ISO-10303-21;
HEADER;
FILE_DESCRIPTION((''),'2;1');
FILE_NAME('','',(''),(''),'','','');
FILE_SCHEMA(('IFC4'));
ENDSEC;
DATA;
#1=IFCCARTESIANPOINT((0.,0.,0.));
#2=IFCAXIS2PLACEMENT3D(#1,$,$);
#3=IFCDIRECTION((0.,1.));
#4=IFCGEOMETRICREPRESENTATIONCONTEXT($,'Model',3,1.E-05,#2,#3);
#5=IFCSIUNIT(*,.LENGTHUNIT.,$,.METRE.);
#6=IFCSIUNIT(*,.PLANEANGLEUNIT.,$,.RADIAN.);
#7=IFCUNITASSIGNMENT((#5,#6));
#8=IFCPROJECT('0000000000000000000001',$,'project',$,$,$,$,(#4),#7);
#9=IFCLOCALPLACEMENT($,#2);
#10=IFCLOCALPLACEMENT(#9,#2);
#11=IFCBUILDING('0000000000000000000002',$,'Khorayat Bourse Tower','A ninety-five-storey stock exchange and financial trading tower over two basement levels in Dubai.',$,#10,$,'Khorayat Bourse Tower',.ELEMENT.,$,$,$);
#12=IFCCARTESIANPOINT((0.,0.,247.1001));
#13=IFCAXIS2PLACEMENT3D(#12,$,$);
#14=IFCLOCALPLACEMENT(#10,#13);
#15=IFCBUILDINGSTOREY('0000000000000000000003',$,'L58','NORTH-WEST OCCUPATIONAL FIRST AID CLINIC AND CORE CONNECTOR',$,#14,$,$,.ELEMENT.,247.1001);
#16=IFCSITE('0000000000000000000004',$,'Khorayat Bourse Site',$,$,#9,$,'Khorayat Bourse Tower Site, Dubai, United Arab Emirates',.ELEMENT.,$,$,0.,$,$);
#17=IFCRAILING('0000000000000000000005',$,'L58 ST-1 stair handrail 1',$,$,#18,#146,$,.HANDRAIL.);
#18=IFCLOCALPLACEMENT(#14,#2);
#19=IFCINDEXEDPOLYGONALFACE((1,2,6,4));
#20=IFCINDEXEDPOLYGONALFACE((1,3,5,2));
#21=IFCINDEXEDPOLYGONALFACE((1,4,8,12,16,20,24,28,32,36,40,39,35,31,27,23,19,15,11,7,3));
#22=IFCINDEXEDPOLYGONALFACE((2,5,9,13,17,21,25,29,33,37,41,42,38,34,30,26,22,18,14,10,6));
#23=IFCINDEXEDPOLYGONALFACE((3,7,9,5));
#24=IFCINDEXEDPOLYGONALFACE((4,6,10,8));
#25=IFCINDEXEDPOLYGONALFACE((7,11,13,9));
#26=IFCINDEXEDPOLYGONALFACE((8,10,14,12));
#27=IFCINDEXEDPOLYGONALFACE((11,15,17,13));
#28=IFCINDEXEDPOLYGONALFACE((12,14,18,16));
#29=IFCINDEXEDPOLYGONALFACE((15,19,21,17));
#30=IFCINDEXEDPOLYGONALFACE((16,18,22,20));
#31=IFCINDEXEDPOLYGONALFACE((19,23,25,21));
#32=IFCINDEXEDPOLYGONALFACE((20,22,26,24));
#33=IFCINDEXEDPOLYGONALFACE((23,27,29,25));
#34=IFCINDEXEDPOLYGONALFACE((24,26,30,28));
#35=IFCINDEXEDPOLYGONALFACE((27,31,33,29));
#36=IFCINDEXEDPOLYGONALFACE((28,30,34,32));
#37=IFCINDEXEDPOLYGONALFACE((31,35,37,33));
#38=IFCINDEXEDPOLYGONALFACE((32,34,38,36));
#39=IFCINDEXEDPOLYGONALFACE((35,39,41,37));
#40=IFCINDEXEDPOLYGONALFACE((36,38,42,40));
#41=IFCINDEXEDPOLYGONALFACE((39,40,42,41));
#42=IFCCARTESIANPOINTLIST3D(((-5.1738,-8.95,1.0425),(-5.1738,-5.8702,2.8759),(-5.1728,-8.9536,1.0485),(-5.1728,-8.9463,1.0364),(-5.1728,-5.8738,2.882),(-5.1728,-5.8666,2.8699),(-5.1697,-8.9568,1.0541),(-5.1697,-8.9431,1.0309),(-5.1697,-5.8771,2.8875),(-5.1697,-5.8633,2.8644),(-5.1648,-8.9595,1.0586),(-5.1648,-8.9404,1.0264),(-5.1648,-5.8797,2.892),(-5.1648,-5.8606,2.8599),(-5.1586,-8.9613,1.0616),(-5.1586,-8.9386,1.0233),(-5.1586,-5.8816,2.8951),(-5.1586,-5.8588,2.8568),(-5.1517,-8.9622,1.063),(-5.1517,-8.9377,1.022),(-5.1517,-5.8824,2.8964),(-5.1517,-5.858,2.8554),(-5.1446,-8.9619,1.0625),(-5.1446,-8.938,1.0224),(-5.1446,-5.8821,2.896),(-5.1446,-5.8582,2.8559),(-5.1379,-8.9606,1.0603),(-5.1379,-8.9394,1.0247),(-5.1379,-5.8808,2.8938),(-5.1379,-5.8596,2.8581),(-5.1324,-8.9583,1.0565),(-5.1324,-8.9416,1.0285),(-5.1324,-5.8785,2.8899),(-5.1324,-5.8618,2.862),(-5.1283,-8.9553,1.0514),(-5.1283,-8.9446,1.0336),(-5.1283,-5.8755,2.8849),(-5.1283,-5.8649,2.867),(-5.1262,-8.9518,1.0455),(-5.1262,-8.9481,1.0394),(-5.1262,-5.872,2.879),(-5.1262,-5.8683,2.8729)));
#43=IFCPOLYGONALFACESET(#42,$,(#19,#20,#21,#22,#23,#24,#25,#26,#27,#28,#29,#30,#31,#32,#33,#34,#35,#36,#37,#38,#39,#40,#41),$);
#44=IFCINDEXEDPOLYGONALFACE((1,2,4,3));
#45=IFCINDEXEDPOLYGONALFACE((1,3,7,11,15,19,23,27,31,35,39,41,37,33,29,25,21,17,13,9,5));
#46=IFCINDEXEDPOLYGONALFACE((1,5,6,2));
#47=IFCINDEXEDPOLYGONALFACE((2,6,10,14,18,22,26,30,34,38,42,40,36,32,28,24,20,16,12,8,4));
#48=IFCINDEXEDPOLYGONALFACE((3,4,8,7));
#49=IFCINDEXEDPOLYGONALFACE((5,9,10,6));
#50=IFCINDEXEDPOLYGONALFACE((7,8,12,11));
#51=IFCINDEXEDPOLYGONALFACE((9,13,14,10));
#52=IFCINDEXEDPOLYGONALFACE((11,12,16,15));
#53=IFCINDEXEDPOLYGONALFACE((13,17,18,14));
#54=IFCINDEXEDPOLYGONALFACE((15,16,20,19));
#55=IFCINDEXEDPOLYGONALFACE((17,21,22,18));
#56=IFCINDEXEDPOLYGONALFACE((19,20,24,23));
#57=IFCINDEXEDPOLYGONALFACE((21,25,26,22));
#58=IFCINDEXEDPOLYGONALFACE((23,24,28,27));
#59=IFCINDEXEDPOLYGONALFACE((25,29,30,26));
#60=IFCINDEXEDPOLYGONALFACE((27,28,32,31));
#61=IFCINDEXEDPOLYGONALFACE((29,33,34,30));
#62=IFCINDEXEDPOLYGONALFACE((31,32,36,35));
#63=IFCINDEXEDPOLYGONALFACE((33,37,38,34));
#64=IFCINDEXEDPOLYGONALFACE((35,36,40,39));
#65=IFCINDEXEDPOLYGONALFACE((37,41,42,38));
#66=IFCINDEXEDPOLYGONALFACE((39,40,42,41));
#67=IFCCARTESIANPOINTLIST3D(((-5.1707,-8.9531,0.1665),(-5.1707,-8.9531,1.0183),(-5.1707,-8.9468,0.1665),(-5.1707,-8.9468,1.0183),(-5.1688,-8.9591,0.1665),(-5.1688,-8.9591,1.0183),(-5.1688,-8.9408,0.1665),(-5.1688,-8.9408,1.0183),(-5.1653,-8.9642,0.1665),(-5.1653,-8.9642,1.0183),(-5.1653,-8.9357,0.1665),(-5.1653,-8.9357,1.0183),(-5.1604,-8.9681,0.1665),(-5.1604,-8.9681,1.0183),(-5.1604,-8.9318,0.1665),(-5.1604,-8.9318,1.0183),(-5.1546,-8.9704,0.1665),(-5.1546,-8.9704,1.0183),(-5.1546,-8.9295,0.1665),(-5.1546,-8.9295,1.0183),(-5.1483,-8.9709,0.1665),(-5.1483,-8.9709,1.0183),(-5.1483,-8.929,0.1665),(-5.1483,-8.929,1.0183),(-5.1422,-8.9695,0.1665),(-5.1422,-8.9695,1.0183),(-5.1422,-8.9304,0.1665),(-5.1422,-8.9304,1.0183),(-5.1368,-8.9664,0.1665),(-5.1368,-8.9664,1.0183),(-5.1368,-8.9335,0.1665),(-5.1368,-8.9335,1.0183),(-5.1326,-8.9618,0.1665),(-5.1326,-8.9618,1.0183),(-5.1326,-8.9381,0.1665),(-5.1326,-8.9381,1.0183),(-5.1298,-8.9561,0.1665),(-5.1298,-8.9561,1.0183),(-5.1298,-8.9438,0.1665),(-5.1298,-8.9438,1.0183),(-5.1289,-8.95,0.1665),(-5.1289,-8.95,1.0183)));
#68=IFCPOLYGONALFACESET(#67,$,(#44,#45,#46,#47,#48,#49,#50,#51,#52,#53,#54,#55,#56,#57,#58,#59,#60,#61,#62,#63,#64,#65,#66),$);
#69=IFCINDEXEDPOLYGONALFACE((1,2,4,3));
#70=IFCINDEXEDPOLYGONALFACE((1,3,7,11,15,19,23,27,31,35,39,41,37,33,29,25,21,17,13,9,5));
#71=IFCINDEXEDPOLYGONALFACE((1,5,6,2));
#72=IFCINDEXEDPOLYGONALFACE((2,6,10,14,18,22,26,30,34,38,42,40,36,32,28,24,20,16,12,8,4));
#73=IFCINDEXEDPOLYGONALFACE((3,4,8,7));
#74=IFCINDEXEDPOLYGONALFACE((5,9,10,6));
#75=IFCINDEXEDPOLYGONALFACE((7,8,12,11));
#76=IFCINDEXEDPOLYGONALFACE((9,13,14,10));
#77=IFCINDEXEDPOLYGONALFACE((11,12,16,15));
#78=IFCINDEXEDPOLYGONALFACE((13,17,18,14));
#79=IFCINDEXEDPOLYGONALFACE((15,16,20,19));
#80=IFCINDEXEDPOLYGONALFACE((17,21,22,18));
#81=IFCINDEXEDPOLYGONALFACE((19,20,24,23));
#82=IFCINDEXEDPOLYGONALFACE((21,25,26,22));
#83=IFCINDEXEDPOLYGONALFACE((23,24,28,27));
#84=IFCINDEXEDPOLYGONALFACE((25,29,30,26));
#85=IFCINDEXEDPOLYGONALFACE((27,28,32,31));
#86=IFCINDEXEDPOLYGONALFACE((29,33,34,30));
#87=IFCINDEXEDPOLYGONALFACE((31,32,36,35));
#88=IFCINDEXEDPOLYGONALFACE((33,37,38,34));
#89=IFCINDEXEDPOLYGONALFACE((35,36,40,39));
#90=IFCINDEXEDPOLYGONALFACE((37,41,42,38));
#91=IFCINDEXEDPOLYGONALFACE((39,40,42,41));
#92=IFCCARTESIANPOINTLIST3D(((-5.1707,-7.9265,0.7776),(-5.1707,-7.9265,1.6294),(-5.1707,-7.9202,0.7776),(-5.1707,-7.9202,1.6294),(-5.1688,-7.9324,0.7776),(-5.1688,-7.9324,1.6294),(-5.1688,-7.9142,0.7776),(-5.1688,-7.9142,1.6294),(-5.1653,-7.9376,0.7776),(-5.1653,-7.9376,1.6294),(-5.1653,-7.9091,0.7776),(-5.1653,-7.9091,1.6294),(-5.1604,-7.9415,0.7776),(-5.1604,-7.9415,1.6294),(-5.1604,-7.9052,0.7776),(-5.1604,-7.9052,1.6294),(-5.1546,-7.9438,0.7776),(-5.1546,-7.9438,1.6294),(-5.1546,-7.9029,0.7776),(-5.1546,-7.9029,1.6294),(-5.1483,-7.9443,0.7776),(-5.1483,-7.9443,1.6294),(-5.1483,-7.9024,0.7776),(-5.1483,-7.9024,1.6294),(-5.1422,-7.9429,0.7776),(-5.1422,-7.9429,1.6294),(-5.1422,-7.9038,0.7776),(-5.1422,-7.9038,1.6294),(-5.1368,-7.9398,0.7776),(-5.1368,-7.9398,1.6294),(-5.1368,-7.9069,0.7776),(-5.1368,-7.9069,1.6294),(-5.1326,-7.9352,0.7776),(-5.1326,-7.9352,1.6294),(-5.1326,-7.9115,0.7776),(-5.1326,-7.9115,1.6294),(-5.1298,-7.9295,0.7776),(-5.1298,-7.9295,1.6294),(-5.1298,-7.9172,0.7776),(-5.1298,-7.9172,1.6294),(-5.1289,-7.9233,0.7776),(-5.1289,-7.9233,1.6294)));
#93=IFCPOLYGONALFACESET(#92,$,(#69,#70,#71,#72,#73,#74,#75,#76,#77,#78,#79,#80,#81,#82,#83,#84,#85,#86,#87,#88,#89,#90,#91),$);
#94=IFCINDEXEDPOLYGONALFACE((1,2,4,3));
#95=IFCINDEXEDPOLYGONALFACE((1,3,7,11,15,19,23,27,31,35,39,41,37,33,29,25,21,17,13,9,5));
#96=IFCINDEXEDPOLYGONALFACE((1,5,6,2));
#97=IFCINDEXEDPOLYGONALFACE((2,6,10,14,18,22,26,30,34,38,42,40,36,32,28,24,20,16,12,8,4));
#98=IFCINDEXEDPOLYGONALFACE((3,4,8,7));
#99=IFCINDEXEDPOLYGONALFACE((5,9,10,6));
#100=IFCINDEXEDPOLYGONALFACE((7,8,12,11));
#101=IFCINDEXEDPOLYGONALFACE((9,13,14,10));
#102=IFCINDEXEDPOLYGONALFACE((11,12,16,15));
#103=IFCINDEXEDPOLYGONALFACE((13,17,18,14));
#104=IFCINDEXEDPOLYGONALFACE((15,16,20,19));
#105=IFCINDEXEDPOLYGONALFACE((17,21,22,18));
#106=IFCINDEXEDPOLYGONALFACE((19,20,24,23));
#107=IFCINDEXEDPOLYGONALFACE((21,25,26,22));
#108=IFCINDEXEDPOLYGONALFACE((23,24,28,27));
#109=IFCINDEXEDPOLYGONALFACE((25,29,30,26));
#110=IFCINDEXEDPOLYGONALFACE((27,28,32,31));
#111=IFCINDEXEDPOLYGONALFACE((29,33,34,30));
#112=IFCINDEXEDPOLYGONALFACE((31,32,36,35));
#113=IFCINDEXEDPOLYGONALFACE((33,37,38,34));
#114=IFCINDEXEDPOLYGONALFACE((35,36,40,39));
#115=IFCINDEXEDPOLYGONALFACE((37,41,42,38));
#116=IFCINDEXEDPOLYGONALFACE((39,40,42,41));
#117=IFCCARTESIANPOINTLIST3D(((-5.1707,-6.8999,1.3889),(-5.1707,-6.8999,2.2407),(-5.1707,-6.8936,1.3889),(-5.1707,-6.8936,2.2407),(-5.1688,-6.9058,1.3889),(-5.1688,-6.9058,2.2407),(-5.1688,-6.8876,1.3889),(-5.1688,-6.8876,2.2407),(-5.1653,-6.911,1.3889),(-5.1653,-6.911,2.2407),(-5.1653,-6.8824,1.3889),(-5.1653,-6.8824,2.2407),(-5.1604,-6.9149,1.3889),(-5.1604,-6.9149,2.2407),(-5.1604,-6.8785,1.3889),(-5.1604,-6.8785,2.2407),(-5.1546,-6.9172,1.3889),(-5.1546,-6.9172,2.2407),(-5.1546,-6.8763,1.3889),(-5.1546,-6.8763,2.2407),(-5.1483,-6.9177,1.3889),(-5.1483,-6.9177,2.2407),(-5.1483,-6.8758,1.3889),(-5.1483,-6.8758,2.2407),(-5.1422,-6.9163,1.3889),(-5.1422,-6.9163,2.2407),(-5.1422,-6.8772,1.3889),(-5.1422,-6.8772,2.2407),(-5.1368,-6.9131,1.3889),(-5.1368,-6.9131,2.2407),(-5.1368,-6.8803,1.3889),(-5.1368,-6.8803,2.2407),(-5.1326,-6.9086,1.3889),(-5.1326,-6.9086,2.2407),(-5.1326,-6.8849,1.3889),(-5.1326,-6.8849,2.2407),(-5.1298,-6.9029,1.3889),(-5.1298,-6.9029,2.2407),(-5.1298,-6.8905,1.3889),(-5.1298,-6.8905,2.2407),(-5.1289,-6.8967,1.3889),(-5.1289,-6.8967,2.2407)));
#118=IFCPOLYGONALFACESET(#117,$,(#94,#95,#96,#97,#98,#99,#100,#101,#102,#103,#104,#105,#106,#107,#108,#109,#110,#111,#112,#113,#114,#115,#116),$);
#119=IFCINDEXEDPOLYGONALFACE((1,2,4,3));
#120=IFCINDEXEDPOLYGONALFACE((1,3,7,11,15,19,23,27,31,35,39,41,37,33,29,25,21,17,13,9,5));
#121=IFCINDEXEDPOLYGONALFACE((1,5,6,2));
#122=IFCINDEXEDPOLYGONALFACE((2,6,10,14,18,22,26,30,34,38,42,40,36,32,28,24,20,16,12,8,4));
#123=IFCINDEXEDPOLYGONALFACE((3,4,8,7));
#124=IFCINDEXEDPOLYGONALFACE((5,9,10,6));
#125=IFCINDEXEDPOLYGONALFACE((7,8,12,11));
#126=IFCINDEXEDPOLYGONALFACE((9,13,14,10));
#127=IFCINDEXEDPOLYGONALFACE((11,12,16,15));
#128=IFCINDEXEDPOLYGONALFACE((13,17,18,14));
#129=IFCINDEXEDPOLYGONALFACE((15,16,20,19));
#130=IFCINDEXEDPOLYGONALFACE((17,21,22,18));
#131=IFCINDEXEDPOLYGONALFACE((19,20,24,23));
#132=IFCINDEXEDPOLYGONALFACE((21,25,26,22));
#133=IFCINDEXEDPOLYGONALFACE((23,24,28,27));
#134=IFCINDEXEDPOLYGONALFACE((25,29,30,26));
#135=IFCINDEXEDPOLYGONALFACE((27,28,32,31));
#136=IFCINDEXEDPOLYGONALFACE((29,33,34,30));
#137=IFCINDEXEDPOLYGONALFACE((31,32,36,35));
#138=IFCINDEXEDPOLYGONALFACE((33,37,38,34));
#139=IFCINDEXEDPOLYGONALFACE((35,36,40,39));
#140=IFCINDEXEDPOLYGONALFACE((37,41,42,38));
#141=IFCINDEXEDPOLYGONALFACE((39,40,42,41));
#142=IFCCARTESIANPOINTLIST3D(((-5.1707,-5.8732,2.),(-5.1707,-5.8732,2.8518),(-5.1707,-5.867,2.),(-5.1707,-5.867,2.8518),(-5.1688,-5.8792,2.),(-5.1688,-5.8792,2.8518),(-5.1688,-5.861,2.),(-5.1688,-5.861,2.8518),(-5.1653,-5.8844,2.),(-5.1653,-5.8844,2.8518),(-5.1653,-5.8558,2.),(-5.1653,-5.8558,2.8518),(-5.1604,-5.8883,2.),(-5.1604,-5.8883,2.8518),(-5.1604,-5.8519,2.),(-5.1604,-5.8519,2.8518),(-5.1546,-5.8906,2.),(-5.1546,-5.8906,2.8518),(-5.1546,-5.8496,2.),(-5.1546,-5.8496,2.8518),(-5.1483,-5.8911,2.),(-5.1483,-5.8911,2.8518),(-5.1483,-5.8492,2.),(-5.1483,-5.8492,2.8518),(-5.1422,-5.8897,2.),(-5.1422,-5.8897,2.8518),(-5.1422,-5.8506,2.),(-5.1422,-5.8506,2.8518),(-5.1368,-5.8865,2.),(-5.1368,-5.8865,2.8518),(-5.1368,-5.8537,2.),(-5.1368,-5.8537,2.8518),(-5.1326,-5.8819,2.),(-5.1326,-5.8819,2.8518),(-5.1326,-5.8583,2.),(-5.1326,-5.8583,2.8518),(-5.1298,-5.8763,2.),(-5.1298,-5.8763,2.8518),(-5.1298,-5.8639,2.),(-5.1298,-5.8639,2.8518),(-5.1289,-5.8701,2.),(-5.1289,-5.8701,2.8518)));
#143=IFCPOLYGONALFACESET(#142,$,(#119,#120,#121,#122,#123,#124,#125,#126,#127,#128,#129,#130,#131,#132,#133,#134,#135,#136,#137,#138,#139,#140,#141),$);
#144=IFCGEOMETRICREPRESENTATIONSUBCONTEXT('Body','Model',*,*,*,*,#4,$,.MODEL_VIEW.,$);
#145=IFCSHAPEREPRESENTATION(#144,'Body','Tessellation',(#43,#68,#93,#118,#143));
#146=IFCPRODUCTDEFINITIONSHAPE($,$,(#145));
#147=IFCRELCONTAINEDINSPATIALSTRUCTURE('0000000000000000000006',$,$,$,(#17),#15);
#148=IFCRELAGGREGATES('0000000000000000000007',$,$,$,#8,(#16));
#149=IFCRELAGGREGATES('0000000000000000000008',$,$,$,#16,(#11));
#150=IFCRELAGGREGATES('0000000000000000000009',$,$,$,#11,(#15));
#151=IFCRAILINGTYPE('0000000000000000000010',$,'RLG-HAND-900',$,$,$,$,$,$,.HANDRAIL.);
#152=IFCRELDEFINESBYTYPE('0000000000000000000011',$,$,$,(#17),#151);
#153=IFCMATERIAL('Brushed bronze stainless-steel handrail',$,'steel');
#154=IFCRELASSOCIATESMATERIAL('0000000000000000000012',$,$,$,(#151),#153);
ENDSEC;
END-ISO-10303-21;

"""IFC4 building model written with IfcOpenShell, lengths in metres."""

from ifc_helpers import new_model, si_unit, direction, frame, origin, origin_2d, place, context, subcontext, project, spatial, circle, extrude, source, transform, mapped, material, type_object, element, save


model = new_model("IFC4")

# Units and contexts
model_context = context("Model", 3, precision=1e-05, world=origin(), true_north=direction((0.0, 1.0)))
body_context = subcontext(model_context, "Body", "Model", "MODEL_VIEW")
ifc_project = project(units=[si_unit("LENGTHUNIT", "METRE"), si_unit("PLANEANGLEUNIT", "RADIAN")], contexts=[model_context])

# Site, building, storey
site_placement = place(None, origin())
site = spatial("IfcSite", under=ifc_project, at=site_placement, Name="Khorayat Bourse Site", LongName="Khorayat Bourse Tower Site, Dubai, United Arab Emirates", CompositionType="ELEMENT", RefElevation=0.0)
building_placement = place(site_placement, origin())
building = spatial("IfcBuilding", under=site, at=building_placement, Name="Khorayat Bourse Tower", Description="A ninety-five-storey stock exchange and financial trading tower over two basement levels in Dubai.", LongName="Khorayat Bourse Tower", CompositionType="ELEMENT")
storey_placement = place(building_placement, frame((0.0, 0.0, 247.1001)))
storey = spatial("IfcBuildingStorey", under=building, at=storey_placement, Name="L58", Description="NORTH-WEST OCCUPATIONAL FIRST AID CLINIC AND CORE CONNECTOR", CompositionType="ELEMENT", Elevation=247.1001)

# Railing
ifc_material_1 = material(Name="Brushed bronze stainless-steel handrail", Category="steel")
railing_type_1 = type_object("IfcRailingType", Name="RLG-HAND-900", PredefinedType="HANDRAIL", material=ifc_material_1)
shared_shape_1 = source(origin(), body_context, "Body", "SweptSolid", [
    extrude(circle(Radius=0.0239, at=origin_2d()), frame((0.0, 0.0, 0.876), z_axis=(0.0, 0.859261, 0.511538), x_axis=(-1.0, 0.0, 0.0)), (0.0, 0.0, 1.0), 3.5842),
    extrude(circle(Radius=0.021, at=origin_2d()), origin(), (0.0, 0.0, 1.0), 0.8518),
    extrude(circle(Radius=0.021, at=origin_2d()), frame((0.0, 1.0266, 0.6111)), (0.0, 0.0, 1.0), 0.8518),
    extrude(circle(Radius=0.021, at=origin_2d()), frame((0.0, 2.0532, 1.2224)), (0.0, 0.0, 1.0), 0.8518),
    extrude(circle(Radius=0.021, at=origin_2d()), frame((0.0, 3.0798, 1.8335)), (0.0, 0.0, 1.0), 0.8518),
])
railing_1_placement = place(storey_placement, frame((-5.1499, -8.95, 0.1665)))
element("IfcRailing", 1, at=railing_1_placement, inside=storey, type_object=railing_type_1, Name="L58 ST-1 stair handrail 1", PredefinedType="HANDRAIL", context=body_context, shape_type="MappedRepresentation", body=[
    mapped(shared_shape_1, transform((0.0, 0.0, 0.0), scale=1.0)),
])

save(model, "model.ifc")
